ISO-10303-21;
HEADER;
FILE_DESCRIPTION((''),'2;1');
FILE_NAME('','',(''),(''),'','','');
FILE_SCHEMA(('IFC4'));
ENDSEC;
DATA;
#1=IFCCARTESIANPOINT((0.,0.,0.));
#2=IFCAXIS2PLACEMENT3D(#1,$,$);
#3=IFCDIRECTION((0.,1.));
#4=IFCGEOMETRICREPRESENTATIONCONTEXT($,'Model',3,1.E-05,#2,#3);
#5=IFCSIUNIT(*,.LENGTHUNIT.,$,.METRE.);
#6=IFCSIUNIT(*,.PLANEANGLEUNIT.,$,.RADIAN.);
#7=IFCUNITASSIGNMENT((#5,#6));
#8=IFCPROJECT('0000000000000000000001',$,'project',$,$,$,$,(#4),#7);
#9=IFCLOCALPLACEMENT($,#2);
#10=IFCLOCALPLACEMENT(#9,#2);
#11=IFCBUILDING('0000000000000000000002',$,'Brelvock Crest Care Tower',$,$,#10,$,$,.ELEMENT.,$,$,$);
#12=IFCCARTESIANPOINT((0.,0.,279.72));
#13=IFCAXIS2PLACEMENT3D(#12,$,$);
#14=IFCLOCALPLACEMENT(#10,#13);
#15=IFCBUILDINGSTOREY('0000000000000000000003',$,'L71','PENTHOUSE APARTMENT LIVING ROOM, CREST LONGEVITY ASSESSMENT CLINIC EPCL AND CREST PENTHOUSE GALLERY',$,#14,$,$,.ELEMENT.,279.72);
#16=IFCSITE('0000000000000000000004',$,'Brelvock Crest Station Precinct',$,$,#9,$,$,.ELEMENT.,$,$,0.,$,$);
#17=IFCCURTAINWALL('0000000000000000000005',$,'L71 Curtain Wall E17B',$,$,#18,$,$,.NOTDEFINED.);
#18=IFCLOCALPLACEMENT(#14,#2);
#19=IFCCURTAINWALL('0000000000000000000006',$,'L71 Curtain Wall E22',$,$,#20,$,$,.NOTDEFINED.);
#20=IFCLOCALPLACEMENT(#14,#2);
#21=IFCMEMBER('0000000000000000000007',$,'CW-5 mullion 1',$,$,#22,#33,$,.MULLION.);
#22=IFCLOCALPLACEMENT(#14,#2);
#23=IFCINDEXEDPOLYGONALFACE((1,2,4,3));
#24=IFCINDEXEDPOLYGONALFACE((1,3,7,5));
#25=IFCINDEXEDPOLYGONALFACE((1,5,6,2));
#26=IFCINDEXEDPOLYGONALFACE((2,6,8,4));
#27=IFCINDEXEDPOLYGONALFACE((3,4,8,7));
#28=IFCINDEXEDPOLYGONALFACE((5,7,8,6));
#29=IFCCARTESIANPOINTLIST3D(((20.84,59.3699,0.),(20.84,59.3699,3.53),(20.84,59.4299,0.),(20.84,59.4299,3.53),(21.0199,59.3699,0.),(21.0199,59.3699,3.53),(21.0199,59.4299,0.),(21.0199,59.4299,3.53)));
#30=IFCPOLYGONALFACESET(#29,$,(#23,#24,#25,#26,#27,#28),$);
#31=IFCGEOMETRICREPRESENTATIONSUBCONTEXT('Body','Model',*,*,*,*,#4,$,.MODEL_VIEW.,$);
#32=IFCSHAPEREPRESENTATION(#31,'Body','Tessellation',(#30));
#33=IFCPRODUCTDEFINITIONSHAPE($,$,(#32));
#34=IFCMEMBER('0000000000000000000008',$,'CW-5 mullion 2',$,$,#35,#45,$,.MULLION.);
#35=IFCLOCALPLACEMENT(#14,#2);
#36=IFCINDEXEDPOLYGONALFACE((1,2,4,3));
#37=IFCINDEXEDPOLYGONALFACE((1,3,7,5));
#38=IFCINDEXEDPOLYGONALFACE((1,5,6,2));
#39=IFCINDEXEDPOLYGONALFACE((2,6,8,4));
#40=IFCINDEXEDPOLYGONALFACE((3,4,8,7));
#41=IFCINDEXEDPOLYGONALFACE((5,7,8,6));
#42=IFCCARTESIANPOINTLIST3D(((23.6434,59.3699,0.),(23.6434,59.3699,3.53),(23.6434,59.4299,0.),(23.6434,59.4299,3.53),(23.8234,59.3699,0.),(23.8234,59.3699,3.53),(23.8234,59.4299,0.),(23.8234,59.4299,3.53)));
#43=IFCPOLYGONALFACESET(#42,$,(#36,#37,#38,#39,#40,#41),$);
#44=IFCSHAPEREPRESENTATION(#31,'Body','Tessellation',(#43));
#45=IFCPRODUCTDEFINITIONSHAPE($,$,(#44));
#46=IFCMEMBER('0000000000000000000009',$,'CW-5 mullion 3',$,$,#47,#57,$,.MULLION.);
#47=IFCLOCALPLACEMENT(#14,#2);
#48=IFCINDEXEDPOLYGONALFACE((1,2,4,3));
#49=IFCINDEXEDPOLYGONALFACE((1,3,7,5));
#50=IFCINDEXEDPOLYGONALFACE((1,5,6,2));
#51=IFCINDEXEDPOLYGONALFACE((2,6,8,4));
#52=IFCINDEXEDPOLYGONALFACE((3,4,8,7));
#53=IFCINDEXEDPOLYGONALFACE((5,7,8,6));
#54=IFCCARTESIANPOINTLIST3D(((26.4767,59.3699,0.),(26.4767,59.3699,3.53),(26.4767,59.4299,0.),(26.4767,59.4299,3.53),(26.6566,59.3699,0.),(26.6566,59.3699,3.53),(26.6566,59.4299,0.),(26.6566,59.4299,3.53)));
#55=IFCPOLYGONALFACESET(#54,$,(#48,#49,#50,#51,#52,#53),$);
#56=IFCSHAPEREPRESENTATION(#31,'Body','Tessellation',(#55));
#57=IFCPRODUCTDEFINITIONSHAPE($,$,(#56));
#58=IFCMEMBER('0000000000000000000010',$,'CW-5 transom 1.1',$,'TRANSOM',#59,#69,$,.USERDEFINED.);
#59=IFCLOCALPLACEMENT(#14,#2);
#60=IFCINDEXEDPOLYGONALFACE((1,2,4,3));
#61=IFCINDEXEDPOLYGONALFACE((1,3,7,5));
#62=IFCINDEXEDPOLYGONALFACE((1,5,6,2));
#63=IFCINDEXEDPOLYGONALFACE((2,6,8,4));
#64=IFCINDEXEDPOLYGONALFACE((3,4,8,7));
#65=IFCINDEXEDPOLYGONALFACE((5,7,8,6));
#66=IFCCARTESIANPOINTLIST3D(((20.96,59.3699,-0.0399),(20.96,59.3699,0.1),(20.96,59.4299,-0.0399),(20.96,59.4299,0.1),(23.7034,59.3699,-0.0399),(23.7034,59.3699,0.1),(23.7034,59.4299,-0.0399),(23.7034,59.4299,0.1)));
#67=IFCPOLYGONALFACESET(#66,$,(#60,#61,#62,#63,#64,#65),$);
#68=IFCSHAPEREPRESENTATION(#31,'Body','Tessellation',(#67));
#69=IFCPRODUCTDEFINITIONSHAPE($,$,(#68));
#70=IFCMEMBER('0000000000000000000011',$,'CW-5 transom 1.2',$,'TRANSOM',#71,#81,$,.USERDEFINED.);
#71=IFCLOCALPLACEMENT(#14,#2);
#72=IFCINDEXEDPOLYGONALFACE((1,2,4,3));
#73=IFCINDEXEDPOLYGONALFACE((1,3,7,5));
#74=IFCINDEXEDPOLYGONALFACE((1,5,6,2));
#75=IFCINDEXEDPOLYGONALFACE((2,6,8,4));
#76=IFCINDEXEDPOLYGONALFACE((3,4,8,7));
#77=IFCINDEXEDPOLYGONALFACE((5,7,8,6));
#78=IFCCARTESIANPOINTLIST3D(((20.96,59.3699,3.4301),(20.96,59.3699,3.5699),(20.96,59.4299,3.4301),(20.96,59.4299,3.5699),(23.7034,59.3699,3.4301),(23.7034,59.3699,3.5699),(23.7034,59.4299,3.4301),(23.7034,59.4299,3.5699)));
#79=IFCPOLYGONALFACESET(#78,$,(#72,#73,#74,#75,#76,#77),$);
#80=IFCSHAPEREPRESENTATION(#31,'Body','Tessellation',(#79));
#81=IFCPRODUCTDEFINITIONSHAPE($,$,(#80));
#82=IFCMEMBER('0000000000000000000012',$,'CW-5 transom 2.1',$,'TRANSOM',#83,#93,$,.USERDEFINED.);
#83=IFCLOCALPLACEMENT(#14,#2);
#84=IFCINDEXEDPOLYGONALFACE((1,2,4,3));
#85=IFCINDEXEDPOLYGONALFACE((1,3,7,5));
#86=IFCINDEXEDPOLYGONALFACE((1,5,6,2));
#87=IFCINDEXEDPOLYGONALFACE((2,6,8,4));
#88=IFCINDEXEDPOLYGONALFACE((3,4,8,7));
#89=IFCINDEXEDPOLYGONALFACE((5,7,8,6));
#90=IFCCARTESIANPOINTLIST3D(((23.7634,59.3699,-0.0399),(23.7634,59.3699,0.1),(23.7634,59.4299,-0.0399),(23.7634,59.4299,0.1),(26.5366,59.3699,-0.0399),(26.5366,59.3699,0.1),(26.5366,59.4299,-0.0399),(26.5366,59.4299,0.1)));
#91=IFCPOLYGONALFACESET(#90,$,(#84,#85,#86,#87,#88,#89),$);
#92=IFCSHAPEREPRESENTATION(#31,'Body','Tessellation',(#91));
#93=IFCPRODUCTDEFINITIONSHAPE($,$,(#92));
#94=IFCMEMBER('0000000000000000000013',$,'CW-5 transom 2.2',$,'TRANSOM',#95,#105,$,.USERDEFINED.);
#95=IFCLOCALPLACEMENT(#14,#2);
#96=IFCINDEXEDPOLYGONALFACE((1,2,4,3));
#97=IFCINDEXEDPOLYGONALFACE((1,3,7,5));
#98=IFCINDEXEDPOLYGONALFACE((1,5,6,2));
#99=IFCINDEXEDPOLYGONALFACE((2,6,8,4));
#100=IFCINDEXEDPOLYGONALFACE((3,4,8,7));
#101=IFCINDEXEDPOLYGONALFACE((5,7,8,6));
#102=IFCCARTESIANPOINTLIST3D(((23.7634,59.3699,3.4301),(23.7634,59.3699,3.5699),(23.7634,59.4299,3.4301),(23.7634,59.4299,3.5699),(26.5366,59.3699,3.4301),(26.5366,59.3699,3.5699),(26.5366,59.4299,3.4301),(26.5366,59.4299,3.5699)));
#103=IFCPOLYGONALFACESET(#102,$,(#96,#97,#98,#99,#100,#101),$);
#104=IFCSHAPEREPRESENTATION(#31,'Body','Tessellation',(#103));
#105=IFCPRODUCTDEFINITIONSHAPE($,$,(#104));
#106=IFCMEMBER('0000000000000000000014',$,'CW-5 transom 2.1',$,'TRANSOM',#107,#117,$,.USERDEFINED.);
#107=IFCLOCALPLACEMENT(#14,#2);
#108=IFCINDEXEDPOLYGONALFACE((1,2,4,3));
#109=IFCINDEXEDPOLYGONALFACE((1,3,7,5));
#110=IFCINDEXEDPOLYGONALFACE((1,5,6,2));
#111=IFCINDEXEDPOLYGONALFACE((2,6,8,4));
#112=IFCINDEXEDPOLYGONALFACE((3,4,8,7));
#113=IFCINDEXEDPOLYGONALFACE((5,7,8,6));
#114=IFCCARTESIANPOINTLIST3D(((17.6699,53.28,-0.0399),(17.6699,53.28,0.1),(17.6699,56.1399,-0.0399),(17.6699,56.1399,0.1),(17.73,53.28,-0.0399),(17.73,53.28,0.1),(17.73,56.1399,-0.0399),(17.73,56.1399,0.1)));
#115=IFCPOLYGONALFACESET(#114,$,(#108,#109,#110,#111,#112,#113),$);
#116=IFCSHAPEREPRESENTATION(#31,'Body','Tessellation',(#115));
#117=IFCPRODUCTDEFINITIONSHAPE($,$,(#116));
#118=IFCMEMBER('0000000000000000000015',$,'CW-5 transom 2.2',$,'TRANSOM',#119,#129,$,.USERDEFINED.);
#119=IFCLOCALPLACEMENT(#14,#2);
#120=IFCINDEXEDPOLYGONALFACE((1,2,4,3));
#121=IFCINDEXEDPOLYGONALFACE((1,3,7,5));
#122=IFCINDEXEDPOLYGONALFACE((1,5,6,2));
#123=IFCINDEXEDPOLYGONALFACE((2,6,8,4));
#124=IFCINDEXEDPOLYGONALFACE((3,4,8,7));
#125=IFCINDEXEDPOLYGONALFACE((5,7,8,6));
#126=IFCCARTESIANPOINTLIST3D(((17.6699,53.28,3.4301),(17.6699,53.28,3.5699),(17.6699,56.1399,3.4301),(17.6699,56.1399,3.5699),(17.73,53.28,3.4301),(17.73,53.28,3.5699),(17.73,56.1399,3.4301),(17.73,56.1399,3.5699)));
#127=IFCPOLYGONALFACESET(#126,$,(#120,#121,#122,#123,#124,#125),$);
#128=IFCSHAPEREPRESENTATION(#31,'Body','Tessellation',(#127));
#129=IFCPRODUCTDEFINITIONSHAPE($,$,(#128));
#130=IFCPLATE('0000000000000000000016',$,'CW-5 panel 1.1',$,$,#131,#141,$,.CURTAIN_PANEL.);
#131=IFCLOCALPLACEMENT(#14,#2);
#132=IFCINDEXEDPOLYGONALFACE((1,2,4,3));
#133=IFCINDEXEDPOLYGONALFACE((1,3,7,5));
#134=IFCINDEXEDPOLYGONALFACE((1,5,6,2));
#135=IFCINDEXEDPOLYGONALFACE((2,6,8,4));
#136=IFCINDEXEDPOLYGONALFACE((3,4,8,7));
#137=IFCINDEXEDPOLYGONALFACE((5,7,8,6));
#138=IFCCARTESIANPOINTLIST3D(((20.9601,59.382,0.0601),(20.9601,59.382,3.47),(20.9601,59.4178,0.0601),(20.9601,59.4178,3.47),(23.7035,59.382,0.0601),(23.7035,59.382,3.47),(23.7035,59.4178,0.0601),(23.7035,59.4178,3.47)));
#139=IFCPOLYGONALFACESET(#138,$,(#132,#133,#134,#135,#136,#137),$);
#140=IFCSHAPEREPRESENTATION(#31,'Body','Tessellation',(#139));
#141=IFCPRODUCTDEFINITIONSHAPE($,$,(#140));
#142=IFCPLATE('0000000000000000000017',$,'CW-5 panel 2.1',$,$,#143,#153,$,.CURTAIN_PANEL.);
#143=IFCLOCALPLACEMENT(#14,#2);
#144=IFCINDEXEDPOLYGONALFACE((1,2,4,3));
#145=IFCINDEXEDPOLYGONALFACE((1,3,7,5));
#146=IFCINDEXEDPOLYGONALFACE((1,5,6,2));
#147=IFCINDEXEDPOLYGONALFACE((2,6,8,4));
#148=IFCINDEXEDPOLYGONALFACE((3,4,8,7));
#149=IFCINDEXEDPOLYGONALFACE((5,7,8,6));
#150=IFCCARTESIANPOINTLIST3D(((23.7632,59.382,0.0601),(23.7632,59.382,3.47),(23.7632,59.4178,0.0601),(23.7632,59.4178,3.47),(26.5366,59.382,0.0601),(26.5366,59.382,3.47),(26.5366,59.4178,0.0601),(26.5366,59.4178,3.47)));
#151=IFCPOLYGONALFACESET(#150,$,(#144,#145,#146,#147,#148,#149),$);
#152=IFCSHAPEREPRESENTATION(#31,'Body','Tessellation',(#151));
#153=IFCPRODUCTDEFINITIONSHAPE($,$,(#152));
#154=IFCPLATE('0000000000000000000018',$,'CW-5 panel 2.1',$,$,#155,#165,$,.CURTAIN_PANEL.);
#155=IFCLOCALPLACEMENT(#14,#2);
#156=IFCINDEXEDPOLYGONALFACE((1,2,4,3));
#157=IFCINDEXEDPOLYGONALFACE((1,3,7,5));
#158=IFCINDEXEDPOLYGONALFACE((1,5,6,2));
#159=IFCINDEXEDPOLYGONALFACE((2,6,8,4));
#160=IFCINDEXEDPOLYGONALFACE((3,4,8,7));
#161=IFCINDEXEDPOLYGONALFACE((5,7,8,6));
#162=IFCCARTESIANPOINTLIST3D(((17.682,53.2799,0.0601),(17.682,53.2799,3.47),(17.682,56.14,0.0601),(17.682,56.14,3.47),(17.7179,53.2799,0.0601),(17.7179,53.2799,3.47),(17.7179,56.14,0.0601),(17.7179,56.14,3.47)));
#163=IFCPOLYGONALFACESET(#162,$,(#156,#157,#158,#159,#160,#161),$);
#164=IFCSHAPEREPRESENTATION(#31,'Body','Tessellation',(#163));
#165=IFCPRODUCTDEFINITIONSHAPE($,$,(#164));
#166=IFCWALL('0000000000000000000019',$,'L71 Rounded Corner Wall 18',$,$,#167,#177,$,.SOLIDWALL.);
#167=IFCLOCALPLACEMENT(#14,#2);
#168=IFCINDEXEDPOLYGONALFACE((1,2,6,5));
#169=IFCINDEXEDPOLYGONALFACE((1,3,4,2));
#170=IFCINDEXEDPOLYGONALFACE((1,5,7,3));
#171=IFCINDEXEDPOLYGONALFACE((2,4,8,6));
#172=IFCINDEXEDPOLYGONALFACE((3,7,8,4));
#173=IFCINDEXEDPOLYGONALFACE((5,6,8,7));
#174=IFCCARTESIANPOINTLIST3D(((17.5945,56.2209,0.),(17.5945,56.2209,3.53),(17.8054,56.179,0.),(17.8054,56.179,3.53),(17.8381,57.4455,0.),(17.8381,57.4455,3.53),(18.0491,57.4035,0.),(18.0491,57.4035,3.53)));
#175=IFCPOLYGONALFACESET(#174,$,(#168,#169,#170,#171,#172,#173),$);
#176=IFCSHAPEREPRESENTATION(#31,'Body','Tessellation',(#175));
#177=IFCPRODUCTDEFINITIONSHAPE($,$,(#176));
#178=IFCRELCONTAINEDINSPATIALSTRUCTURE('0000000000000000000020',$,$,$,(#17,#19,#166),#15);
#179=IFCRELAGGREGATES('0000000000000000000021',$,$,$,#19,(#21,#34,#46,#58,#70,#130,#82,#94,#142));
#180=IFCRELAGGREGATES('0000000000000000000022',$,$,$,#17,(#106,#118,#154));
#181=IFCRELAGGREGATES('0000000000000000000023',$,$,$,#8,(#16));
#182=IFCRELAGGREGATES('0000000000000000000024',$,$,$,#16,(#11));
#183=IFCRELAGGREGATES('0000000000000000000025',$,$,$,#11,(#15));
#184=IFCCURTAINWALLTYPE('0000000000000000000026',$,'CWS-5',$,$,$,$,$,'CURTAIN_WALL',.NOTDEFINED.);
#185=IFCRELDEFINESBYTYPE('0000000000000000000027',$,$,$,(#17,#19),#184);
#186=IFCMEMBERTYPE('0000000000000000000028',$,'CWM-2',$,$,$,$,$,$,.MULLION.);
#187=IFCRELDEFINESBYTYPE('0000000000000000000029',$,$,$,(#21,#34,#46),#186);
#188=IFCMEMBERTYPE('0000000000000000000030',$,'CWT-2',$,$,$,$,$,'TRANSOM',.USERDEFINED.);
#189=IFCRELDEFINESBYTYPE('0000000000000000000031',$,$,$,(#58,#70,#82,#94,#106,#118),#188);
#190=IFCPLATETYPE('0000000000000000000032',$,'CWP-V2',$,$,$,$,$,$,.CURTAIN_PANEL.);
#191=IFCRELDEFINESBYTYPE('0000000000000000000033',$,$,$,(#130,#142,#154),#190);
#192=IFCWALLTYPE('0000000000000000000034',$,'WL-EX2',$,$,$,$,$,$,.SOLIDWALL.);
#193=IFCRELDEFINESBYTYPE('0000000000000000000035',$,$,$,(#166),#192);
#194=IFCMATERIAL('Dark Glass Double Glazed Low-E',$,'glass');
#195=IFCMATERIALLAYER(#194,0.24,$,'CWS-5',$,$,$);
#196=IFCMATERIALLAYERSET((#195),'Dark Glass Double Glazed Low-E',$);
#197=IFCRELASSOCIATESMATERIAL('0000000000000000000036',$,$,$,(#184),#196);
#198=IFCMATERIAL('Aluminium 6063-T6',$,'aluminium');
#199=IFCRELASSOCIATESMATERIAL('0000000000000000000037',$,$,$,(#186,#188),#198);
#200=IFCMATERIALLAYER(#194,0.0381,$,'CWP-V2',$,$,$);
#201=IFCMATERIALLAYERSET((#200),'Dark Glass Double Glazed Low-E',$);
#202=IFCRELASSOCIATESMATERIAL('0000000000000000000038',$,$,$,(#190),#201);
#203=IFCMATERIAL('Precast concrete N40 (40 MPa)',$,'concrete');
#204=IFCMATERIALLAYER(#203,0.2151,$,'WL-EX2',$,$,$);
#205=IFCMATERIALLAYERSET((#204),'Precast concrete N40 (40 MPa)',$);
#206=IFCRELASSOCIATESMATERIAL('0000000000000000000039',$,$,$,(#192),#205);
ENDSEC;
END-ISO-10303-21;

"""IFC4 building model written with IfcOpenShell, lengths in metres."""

from ifc_helpers import new_model, si_unit, direction, frame, frame_2d, origin, origin_2d, place, context, subcontext, project, spatial, rectangle, extrude, source, transform, mapped, material, layer, layer_set, material_profile, profile_set, type_object, element, aggregate, save


model = new_model("IFC4")

# Units and contexts
model_context = context("Model", 3, precision=1e-05, world=origin(), true_north=direction((0.0, 1.0)))
body_context = subcontext(model_context, "Body", "Model", "MODEL_VIEW")
ifc_project = project(units=[si_unit("LENGTHUNIT", "METRE"), si_unit("PLANEANGLEUNIT", "RADIAN")], contexts=[model_context])

# Site, building, storey
site_placement = place(None, origin())
site = spatial("IfcSite", under=ifc_project, at=site_placement, Name="Brelvock Crest Station Precinct", CompositionType="ELEMENT", RefElevation=0.0)
building_placement = place(site_placement, origin())
building = spatial("IfcBuilding", under=site, at=building_placement, Name="Brelvock Crest Care Tower", CompositionType="ELEMENT")
storey_placement = place(building_placement, frame((0.0, 0.0, 279.72)))
storey = spatial("IfcBuildingStorey", under=building, at=storey_placement, Name="L71", Description="PENTHOUSE APARTMENT LIVING ROOM, CREST LONGEVITY ASSESSMENT CLINIC EPCL AND CREST PENTHOUSE GALLERY", CompositionType="ELEMENT", Elevation=279.72)

# Curtain walls, members
ifc_material_1 = material(Name="Dark Glass Double Glazed Low-E", Category="glass")
ifc_layer_1 = layer(ifc_material_1, 0.24, Name="CWS-5")
ifc_layer_set_1 = layer_set([ifc_layer_1], Name="Dark Glass Double Glazed Low-E")
curtain_wall_type = type_object("IfcCurtainWallType", Name="CWS-5", ElementType="CURTAIN_WALL", PredefinedType="NOTDEFINED", material=ifc_layer_set_1)
curtain_wall_1_placement = place(storey_placement, origin())
curtain_wall_1 = element("IfcCurtainWall", 1, at=curtain_wall_1_placement, inside=storey, type_object=curtain_wall_type, Name="L71 Curtain Wall E17B", PredefinedType="NOTDEFINED")
ifc_material_2 = material(Name="Aluminium 6063-T6", Category="aluminium")
ifc_material_profile_1 = material_profile(ifc_material_2, rectangle(XDim=0.0601, YDim=0.1799, at=origin_2d()), Name="ALU60x180")
ifc_profile_set_1 = profile_set([ifc_material_profile_1], Name="Aluminium 6063-T6")
member_type_1 = type_object("IfcMemberType", Name="CWM-2", PredefinedType="MULLION", material=ifc_profile_set_1)
shared_shape_1 = source(origin(), body_context, "Body", "SweptSolid", [
    extrude(rectangle(XDim=0.0601, YDim=0.1799, at=origin_2d()), origin(), (0.0, 0.0, 1.0), 3.53),
])
curtain_wall_2_placement = place(storey_placement, origin())
curtain_wall_2 = element("IfcCurtainWall", 2, at=curtain_wall_2_placement, inside=storey, type_object=curtain_wall_type, Name="L71 Curtain Wall E22", PredefinedType="NOTDEFINED")
member_1_placement = place(storey_placement, frame((20.9299, 59.3999, 0.0), z_axis=(0.0, 0.0, 1.0), x_axis=(0.0, 1.0, 0.0)))
member_1 = element("IfcMember", 3, at=member_1_placement, type_object=member_type_1, Name="CW-5 mullion 1", PredefinedType="MULLION", context=body_context, shape_type="MappedRepresentation", body=[
    mapped(shared_shape_1, transform((0.0, 0.0, 0.0), x_axis=(1.0, 0.0, 0.0), y_axis=(0.0, 1.0, 0.0), z_axis=(0.0, 0.0, 1.0), scale=1.0)),
])
member_2_placement = place(storey_placement, frame((23.7334, 59.3999, 0.0), z_axis=(0.0, 0.0, 1.0), x_axis=(0.0, 1.0, 0.0)))
member_2 = element("IfcMember", 4, at=member_2_placement, type_object=member_type_1, Name="CW-5 mullion 2", PredefinedType="MULLION", context=body_context, shape_type="MappedRepresentation", body=[
    mapped(shared_shape_1, transform((0.0, 0.0, 0.0), x_axis=(1.0, 0.0, 0.0), y_axis=(0.0, 1.0, 0.0), z_axis=(0.0, 0.0, 1.0), scale=1.0)),
])
member_3_placement = place(storey_placement, frame((26.5667, 59.3999, 0.0), z_axis=(0.0, 0.0, 1.0), x_axis=(0.0, 1.0, 0.0)))
member_3 = element("IfcMember", 5, at=member_3_placement, type_object=member_type_1, Name="CW-5 mullion 3", PredefinedType="MULLION", context=body_context, shape_type="MappedRepresentation", body=[
    mapped(shared_shape_1, transform((0.0, 0.0, 0.0), x_axis=(1.0, 0.0, 0.0), y_axis=(0.0, 1.0, 0.0), z_axis=(0.0, 0.0, 1.0), scale=1.0)),
])
ifc_material_profile_2 = material_profile(ifc_material_2, rectangle(XDim=0.0601, YDim=0.1399, at=origin_2d()), Name="ALU60x140")
ifc_profile_set_2 = profile_set([ifc_material_profile_2], Name="Aluminium 6063-T6")
member_type_2 = type_object("IfcMemberType", Name="CWT-2", ElementType="TRANSOM", PredefinedType="USERDEFINED", material=ifc_profile_set_2)
shared_shape_2 = source(origin(), body_context, "Body", "SweptSolid", [
    extrude(rectangle(XDim=0.0601, YDim=0.1399, at=origin_2d()), origin(), (0.0, 0.0, 1.0), 2.7434),
])
member_4_placement = place(storey_placement, frame((20.96, 59.3999, 0.03), z_axis=(1.0, 0.0, 0.0), x_axis=(0.0, 1.0, 0.0)))
member_4 = element("IfcMember", 6, at=member_4_placement, type_object=member_type_2, Name="CW-5 transom 1.1", ObjectType="TRANSOM", PredefinedType="USERDEFINED", context=body_context, shape_type="MappedRepresentation", body=[
    mapped(shared_shape_2, transform((0.0, 0.0, 0.0), x_axis=(1.0, 0.0, 0.0), y_axis=(0.0, 1.0, 0.0), z_axis=(0.0, 0.0, 1.0), scale=1.0)),
])
member_5_placement = place(storey_placement, frame((20.96, 59.3999, 3.5), z_axis=(1.0, 0.0, 0.0), x_axis=(0.0, 1.0, 0.0)))
member_5 = element("IfcMember", 7, at=member_5_placement, type_object=member_type_2, Name="CW-5 transom 1.2", ObjectType="TRANSOM", PredefinedType="USERDEFINED", context=body_context, shape_type="MappedRepresentation", body=[
    mapped(shared_shape_2, transform((0.0, 0.0, 0.0), x_axis=(1.0, 0.0, 0.0), y_axis=(0.0, 1.0, 0.0), z_axis=(0.0, 0.0, 1.0), scale=1.0)),
])
shared_shape_3 = source(origin(), body_context, "Body", "SweptSolid", [
    extrude(rectangle(XDim=0.0601, YDim=0.1399, at=origin_2d()), origin(), (0.0, 0.0, 1.0), 2.7732),
])
member_6_placement = place(storey_placement, frame((23.7634, 59.3999, 0.03), z_axis=(1.0, 0.0, 0.0), x_axis=(0.0, 1.0, 0.0)))
member_6 = element("IfcMember", 8, at=member_6_placement, type_object=member_type_2, Name="CW-5 transom 2.1", ObjectType="TRANSOM", PredefinedType="USERDEFINED", context=body_context, shape_type="MappedRepresentation", body=[
    mapped(shared_shape_3, transform((0.0, 0.0, 0.0), x_axis=(1.0, 0.0, 0.0), y_axis=(0.0, 1.0, 0.0), z_axis=(0.0, 0.0, 1.0), scale=1.0)),
])
member_7_placement = place(storey_placement, frame((23.7634, 59.3999, 3.5), z_axis=(1.0, 0.0, 0.0), x_axis=(0.0, 1.0, 0.0)))
member_7 = element("IfcMember", 9, at=member_7_placement, type_object=member_type_2, Name="CW-5 transom 2.2", ObjectType="TRANSOM", PredefinedType="USERDEFINED", context=body_context, shape_type="MappedRepresentation", body=[
    mapped(shared_shape_3, transform((0.0, 0.0, 0.0), x_axis=(1.0, 0.0, 0.0), y_axis=(0.0, 1.0, 0.0), z_axis=(0.0, 0.0, 1.0), scale=1.0)),
])

# Members
shared_shape_4 = source(origin(), body_context, "Body", "SweptSolid", [
    extrude(rectangle(XDim=0.0601, YDim=0.1399, at=origin_2d()), origin(), (0.0, 0.0, 1.0), 2.8599),
])
member_8_placement = place(storey_placement, frame((17.7, 53.28, 0.03), z_axis=(0.0, 1.0, 0.0), x_axis=(-1.0, 0.0, 0.0)))
member_8 = element("IfcMember", 10, at=member_8_placement, type_object=member_type_2, Name="CW-5 transom 2.1", ObjectType="TRANSOM", PredefinedType="USERDEFINED", context=body_context, shape_type="MappedRepresentation", body=[
    mapped(shared_shape_4, transform((0.0, 0.0, 0.0), x_axis=(1.0, 0.0, 0.0), y_axis=(0.0, 1.0, 0.0), z_axis=(0.0, 0.0, 1.0), scale=1.0)),
])
member_9_placement = place(storey_placement, frame((17.7, 53.28, 3.5), z_axis=(0.0, 1.0, 0.0), x_axis=(-1.0, 0.0, 0.0)))
member_9 = element("IfcMember", 11, at=member_9_placement, type_object=member_type_2, Name="CW-5 transom 2.2", ObjectType="TRANSOM", PredefinedType="USERDEFINED", context=body_context, shape_type="MappedRepresentation", body=[
    mapped(shared_shape_4, transform((0.0, 0.0, 0.0), x_axis=(1.0, 0.0, 0.0), y_axis=(0.0, 1.0, 0.0), z_axis=(0.0, 0.0, 1.0), scale=1.0)),
])

# Plates
ifc_layer_2 = layer(ifc_material_1, 0.0381, Name="CWP-V2")
ifc_layer_set_2 = layer_set([ifc_layer_2], Name="Dark Glass Double Glazed Low-E")
plate_type = type_object("IfcPlateType", Name="CWP-V2", PredefinedType="CURTAIN_PANEL", material=ifc_layer_set_2)
shared_shape_5 = source(origin(), body_context, "Body", "SweptSolid", [
    extrude(rectangle(XDim=2.7434, YDim=0.0359, at=origin_2d()), origin(), (0.0, 0.0, 1.0), 3.4099),
])
plate_1_placement = place(storey_placement, frame((22.3318, 59.3999, 0.0601), z_axis=(0.0, 0.0, 1.0), x_axis=(1.0, 0.0, 0.0)))
plate_1 = element("IfcPlate", 12, at=plate_1_placement, type_object=plate_type, Name="CW-5 panel 1.1", PredefinedType="CURTAIN_PANEL", context=body_context, shape_type="MappedRepresentation", body=[
    mapped(shared_shape_5, transform((0.0, 0.0, 0.0), x_axis=(1.0, 0.0, 0.0), y_axis=(0.0, 1.0, 0.0), z_axis=(0.0, 0.0, 1.0), scale=1.0)),
])
shared_shape_6 = source(origin(), body_context, "Body", "SweptSolid", [
    extrude(rectangle(XDim=2.7734, YDim=0.0359, at=origin_2d()), origin(), (0.0, 0.0, 1.0), 3.4099),
])
plate_2_placement = place(storey_placement, frame((25.1499, 59.3999, 0.0601), z_axis=(0.0, 0.0, 1.0), x_axis=(1.0, 0.0, 0.0)))
plate_2 = element("IfcPlate", 13, at=plate_2_placement, type_object=plate_type, Name="CW-5 panel 2.1", PredefinedType="CURTAIN_PANEL", context=body_context, shape_type="MappedRepresentation", body=[
    mapped(shared_shape_6, transform((0.0, 0.0, 0.0), x_axis=(1.0, 0.0, 0.0), y_axis=(0.0, 1.0, 0.0), z_axis=(0.0, 0.0, 1.0), scale=1.0)),
])
aggregate(curtain_wall_2, [member_1, member_2, member_3, member_4, member_5, plate_1, member_6, member_7, plate_2])
shared_shape_7 = source(origin(), body_context, "Body", "SweptSolid", [
    extrude(rectangle(XDim=2.8601, YDim=0.0359, at=origin_2d()), origin(), (0.0, 0.0, 1.0), 3.4099),
])
plate_3_placement = place(storey_placement, frame((17.7, 54.71, 0.0601), z_axis=(0.0, 0.0, 1.0), x_axis=(0.0, 1.0, 0.0)))
plate_3 = element("IfcPlate", 14, at=plate_3_placement, type_object=plate_type, Name="CW-5 panel 2.1", PredefinedType="CURTAIN_PANEL", context=body_context, shape_type="MappedRepresentation", body=[
    mapped(shared_shape_7, transform((0.0, 0.0, 0.0), x_axis=(1.0, 0.0, 0.0), y_axis=(0.0, 1.0, 0.0), z_axis=(0.0, 0.0, 1.0), scale=1.0)),
])
aggregate(curtain_wall_1, [member_8, member_9, plate_3])

# Wall
ifc_material_3 = material(Name="Precast concrete N40 (40 MPa)", Category="concrete")
ifc_layer_3 = layer(ifc_material_3, 0.2151, Name="WL-EX2")
ifc_layer_set_3 = layer_set([ifc_layer_3], Name="Precast concrete N40 (40 MPa)")
wall_type_1 = type_object("IfcWallType", Name="WL-EX2", PredefinedType="SOLIDWALL", material=ifc_layer_set_3)
for number, where, z_axis, x_axis, name in (
    (15, (17.7, 56.2, 0.0), (0.0, 0.0, 1.0), (0.195138, 0.980776, 0.0), "L71 Rounded Corner Wall 18"),
):
    element("IfcWall", number, at=place(storey_placement, frame(where, z_axis=z_axis, x_axis=x_axis)), inside=storey, type_object=wall_type_1, Name=name, PredefinedType="SOLIDWALL", context=body_context, shape_type="SweptSolid", body=[
        extrude(rectangle(XDim=1.2485, YDim=0.2151, at=frame_2d((0.6243, 0.0))), origin(), (0.0, 0.0, 1.0), 3.53),
    ])

save(model, "model.ifc")
